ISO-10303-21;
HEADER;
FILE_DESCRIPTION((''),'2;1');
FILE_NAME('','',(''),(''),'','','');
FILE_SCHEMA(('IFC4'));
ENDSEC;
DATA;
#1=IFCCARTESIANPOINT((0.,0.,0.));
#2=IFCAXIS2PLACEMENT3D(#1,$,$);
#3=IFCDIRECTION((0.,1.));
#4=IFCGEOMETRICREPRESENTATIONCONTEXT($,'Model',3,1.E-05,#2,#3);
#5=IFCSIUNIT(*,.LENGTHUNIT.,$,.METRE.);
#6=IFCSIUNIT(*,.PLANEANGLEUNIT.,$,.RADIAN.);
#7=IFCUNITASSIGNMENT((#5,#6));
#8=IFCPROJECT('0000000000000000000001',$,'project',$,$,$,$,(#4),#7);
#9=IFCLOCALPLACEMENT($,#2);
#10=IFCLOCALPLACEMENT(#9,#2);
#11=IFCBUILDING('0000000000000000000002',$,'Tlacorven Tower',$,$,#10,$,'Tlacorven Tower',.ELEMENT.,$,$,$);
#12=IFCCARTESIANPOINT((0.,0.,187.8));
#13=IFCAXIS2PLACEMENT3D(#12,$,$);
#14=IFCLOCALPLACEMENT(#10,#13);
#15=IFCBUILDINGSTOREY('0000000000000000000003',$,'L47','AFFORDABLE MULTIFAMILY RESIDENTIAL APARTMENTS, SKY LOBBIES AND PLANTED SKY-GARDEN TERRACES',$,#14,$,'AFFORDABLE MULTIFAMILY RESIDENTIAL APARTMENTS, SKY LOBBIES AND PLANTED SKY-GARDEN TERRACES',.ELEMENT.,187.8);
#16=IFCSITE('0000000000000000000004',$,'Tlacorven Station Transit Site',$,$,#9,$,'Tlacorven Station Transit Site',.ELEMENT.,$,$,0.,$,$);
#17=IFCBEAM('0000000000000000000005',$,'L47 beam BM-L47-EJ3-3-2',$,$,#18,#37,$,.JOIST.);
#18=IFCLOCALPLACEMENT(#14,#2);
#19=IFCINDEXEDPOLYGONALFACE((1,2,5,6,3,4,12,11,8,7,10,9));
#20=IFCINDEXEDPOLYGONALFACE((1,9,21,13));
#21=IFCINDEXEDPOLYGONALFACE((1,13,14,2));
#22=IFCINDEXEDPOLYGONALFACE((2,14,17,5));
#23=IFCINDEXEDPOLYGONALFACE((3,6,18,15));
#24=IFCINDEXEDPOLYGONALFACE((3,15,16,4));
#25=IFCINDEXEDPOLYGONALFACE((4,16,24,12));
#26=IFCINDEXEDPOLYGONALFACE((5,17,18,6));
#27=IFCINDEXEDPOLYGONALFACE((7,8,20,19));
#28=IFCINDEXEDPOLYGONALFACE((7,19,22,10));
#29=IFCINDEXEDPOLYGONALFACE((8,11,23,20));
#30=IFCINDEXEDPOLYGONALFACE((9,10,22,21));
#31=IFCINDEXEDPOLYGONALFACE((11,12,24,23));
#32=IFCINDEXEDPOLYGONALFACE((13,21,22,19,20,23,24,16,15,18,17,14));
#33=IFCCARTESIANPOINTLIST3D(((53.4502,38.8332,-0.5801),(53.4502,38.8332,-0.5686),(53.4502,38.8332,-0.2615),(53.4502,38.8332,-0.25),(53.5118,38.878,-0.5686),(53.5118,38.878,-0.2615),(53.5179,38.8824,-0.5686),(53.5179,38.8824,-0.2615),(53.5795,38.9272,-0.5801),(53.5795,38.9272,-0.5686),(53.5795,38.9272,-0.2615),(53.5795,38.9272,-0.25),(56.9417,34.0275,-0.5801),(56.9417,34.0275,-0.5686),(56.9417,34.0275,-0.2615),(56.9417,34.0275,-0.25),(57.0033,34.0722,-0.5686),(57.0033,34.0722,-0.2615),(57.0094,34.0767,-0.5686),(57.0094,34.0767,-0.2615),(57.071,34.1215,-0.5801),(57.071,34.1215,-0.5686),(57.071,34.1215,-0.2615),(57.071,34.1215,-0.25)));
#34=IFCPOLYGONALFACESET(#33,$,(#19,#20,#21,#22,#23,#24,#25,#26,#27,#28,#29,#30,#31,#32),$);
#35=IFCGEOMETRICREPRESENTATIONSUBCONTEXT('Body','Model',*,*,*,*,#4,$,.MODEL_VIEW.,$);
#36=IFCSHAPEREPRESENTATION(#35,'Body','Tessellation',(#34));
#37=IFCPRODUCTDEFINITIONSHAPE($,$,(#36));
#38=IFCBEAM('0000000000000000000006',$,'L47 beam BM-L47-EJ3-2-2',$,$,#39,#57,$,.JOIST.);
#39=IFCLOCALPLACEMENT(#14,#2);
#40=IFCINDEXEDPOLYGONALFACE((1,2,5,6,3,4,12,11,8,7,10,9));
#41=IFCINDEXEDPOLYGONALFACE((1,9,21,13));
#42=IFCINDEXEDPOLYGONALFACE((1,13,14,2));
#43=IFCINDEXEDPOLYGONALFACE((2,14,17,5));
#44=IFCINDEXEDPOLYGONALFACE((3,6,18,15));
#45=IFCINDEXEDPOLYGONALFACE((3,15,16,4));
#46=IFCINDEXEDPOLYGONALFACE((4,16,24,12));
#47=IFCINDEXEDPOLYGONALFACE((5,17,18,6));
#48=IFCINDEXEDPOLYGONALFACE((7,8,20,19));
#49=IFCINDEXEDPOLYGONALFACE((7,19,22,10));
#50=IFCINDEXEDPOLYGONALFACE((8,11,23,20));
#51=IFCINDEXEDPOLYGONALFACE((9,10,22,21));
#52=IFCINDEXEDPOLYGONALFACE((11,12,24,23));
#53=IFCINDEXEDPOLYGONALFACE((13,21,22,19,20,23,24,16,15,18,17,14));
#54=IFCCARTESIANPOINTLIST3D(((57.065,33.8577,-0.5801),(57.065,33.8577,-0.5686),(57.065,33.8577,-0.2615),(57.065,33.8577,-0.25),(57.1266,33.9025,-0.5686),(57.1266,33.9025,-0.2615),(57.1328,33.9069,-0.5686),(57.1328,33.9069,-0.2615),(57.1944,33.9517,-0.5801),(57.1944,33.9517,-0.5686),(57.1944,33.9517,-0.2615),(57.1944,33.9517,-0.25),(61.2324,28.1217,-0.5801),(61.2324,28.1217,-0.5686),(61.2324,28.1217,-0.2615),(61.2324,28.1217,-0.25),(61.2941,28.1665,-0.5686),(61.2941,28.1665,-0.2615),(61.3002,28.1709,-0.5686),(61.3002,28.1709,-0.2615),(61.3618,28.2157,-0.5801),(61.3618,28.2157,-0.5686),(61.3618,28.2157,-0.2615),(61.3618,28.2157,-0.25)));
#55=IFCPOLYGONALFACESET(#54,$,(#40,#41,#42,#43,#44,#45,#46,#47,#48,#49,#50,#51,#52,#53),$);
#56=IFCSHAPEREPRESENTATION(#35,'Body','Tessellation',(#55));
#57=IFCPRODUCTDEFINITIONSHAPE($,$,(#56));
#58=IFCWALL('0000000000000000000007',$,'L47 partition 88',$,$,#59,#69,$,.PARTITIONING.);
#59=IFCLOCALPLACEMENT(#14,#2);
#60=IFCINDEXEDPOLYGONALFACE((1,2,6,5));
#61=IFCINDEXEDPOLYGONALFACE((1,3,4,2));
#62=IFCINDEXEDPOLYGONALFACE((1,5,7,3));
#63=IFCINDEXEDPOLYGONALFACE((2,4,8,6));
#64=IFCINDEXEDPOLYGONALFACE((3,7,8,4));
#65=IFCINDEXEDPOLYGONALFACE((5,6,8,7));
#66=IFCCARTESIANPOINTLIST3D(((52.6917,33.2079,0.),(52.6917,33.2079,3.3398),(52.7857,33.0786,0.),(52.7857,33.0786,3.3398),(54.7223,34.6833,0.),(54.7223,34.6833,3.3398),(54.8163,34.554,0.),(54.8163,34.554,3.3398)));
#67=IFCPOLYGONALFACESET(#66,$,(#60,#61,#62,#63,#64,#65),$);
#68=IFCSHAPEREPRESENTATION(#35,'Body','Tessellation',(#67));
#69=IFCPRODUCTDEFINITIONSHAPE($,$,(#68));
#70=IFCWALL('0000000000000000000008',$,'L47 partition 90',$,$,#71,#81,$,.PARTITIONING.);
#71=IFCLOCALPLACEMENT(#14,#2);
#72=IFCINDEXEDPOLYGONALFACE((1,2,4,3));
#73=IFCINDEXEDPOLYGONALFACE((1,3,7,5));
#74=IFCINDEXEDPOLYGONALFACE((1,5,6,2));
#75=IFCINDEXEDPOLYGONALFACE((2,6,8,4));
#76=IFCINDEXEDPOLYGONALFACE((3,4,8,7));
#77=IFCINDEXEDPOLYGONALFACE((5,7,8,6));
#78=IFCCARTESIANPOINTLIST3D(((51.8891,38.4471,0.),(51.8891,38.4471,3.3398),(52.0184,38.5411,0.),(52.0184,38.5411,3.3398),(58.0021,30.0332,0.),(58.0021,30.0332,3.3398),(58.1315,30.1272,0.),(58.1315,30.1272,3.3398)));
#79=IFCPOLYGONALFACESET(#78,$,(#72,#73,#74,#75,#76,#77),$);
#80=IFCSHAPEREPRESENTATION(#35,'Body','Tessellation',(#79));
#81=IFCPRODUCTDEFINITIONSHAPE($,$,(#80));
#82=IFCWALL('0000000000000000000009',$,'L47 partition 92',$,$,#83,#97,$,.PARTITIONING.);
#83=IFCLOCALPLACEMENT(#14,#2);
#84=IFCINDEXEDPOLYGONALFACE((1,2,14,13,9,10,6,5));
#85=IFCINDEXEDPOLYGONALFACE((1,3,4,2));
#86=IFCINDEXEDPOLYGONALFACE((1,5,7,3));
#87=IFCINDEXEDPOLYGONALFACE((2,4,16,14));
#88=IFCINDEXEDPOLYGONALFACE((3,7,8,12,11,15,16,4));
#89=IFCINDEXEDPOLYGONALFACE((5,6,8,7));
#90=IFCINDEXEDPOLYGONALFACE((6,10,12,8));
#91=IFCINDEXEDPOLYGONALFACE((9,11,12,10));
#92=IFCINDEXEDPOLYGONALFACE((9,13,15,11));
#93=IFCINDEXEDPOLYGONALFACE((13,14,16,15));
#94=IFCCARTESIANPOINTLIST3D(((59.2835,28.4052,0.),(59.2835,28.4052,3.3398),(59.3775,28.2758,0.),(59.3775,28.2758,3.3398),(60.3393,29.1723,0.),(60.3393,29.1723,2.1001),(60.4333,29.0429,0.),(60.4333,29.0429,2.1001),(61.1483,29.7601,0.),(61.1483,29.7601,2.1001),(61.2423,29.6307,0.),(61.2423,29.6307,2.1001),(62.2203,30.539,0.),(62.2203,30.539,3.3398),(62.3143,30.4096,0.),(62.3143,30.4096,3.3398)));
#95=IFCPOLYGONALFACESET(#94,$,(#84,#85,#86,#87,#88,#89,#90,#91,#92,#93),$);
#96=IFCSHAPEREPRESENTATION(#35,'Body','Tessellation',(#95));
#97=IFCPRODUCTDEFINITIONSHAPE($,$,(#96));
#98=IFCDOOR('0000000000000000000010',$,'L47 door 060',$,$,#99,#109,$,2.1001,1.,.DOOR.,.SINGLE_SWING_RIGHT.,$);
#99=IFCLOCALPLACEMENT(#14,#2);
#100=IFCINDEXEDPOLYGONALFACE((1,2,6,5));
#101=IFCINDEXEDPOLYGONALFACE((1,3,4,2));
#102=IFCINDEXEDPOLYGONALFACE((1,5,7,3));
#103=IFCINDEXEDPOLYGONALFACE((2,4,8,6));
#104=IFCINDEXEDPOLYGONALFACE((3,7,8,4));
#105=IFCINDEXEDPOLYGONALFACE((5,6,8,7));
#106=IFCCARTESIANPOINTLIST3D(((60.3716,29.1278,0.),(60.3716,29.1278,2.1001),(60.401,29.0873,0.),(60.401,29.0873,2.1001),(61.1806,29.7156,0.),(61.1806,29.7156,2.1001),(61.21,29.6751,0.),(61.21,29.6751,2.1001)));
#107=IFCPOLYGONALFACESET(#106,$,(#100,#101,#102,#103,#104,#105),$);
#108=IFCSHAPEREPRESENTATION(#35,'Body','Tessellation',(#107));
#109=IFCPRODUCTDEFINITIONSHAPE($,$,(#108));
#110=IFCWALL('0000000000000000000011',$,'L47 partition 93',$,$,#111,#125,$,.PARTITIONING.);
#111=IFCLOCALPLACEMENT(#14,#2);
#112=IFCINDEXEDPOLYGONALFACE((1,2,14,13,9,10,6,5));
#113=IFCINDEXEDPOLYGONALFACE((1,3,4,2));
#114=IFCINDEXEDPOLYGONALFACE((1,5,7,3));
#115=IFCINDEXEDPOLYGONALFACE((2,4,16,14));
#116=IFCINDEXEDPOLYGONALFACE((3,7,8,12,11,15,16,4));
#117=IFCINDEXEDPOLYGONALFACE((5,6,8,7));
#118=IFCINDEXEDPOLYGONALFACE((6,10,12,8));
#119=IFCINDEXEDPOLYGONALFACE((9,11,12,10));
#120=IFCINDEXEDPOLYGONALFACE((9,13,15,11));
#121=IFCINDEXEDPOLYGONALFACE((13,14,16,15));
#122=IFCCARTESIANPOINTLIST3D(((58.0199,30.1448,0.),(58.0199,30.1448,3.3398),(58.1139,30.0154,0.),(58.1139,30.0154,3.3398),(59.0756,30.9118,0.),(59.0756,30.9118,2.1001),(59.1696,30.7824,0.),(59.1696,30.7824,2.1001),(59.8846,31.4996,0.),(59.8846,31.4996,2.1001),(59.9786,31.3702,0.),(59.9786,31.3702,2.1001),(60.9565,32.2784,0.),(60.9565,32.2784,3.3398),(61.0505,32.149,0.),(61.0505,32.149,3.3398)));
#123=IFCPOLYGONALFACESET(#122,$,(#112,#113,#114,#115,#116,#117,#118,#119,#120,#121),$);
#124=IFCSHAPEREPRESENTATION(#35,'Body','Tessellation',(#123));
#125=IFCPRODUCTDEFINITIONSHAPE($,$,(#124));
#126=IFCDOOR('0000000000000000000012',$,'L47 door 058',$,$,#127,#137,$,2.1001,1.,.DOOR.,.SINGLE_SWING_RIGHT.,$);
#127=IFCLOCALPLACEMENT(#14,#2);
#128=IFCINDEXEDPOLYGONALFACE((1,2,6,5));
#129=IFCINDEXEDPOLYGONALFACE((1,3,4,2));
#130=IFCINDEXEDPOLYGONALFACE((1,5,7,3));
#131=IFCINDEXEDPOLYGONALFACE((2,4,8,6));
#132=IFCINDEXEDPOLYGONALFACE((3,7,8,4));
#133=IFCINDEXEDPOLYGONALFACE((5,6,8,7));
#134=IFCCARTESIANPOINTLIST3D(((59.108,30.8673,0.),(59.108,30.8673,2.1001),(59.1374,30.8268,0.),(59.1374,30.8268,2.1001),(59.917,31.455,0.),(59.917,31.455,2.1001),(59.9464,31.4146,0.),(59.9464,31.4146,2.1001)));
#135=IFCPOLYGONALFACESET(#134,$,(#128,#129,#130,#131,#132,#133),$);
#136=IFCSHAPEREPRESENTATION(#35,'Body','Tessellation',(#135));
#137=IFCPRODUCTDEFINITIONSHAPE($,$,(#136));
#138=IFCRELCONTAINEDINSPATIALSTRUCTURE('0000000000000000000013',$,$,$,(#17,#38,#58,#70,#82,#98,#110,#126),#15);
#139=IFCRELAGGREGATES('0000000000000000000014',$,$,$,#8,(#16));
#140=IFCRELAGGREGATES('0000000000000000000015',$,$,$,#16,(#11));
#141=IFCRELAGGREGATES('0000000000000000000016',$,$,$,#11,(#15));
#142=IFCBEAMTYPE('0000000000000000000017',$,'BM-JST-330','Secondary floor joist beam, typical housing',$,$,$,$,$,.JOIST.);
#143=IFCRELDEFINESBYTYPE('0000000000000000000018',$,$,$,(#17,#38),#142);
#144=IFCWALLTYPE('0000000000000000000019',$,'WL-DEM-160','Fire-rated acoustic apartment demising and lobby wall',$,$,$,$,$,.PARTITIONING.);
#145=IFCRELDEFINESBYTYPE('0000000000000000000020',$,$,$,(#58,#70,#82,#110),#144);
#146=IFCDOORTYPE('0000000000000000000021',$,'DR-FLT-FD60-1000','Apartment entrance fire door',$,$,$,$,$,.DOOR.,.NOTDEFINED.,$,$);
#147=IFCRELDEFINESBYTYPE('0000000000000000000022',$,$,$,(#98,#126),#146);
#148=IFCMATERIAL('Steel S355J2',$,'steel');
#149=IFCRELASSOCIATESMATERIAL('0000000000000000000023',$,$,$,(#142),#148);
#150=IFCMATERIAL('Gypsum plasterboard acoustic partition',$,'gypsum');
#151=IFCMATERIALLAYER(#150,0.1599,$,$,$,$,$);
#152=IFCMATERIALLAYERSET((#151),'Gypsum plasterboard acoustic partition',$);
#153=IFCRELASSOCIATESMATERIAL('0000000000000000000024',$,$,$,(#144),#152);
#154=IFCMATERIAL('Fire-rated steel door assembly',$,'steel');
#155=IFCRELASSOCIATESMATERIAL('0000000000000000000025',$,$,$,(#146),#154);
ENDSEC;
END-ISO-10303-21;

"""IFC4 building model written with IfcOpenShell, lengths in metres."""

from ifc_helpers import new_model, si_unit, direction, frame, frame_2d, origin, origin_2d, place, context, subcontext, project, spatial, rectangle, i_section, extrude, source, transform, mapped, material, layer, layer_set, material_profile, profile_set, type_object, element, fill, save


model = new_model("IFC4")

# Units and contexts
model_context = context("Model", 3, precision=1e-05, world=origin(), true_north=direction((0.0, 1.0)))
body_context = subcontext(model_context, "Body", "Model", "MODEL_VIEW")
ifc_project = project(units=[si_unit("LENGTHUNIT", "METRE"), si_unit("PLANEANGLEUNIT", "RADIAN")], contexts=[model_context])

# Site, building, storey
site_placement = place(None, origin())
site = spatial("IfcSite", under=ifc_project, at=site_placement, Name="Tlacorven Station Transit Site", LongName="Tlacorven Station Transit Site", CompositionType="ELEMENT", RefElevation=0.0)
building_placement = place(site_placement, origin())
building = spatial("IfcBuilding", under=site, at=building_placement, Name="Tlacorven Tower", LongName="Tlacorven Tower", CompositionType="ELEMENT")
storey_placement = place(building_placement, frame((0.0, 0.0, 187.8)))
storey = spatial("IfcBuildingStorey", under=building, at=storey_placement, Name="L47", Description="AFFORDABLE MULTIFAMILY RESIDENTIAL APARTMENTS, SKY LOBBIES AND PLANTED SKY-GARDEN TERRACES", LongName="AFFORDABLE MULTIFAMILY RESIDENTIAL APARTMENTS, SKY LOBBIES AND PLANTED SKY-GARDEN TERRACES", CompositionType="ELEMENT", Elevation=187.8)

# Beams
ifc_material_1 = material(Name="Steel S355J2", Category="steel")
ifc_material_profile_1 = material_profile(ifc_material_1, i_section(OverallWidth=0.1599, OverallDepth=0.3301, WebThickness=0.0076, FlangeThickness=0.0115, at=origin_2d()), Name="IPE 330")
ifc_profile_set_1 = profile_set([ifc_material_profile_1], Name="Steel S355J2")
beam_type_1 = type_object("IfcBeamType", Name="BM-JST-330", Description="Secondary floor joist beam, typical housing", PredefinedType="JOIST", material=ifc_profile_set_1)
shared_shape_1 = source(origin(), body_context, "Body", "SweptSolid", [
    extrude(i_section(OverallWidth=0.1599, OverallDepth=0.3301, WebThickness=0.0076, FlangeThickness=0.0115, at=origin_2d()), origin(), (0.0, 0.0, 1.0), 5.9402),
])
for number, where, z_axis, x_axis, name in (
    (1, (57.0063, 34.0745, -0.415), (-0.587778, 0.809022, 0.0), (-0.809022, -0.587778, 0.0), "L47 beam BM-L47-EJ3-3-2"),
):
    element("IfcBeam", number, at=place(storey_placement, frame(where, z_axis=z_axis, x_axis=x_axis)), inside=storey, type_object=beam_type_1, Name=name, PredefinedType="JOIST", context=body_context, shape_type="MappedRepresentation", body=[
        mapped(shared_shape_1, transform((0.0, 0.0, 0.0), scale=1.0)),
    ])
shared_shape_2 = source(origin(), body_context, "Body", "SweptSolid", [
    extrude(i_section(OverallWidth=0.1599, OverallDepth=0.3301, WebThickness=0.0076, FlangeThickness=0.0115, at=origin_2d()), origin(), (0.0, 0.0, 1.0), 7.0901),
])
beam_1_placement = place(storey_placement, frame((61.2971, 28.1687, -0.415), z_axis=(-0.587783, 0.809019, 0.0), x_axis=(-0.809019, -0.587783, 0.0)))
element("IfcBeam", 2, at=beam_1_placement, inside=storey, type_object=beam_type_1, Name="L47 beam BM-L47-EJ3-2-2", PredefinedType="JOIST", context=body_context, shape_type="MappedRepresentation", body=[
    mapped(shared_shape_2, transform((0.0, 0.0, 0.0), scale=1.0)),
])

# Walls
ifc_material_2 = material(Name="Gypsum plasterboard acoustic partition", Category="gypsum")
ifc_layer_1 = layer(ifc_material_2, 0.1599)
ifc_layer_set_1 = layer_set([ifc_layer_1], Name="Gypsum plasterboard acoustic partition")
wall_type_1 = type_object("IfcWallType", Name="WL-DEM-160", Description="Fire-rated acoustic apartment demising and lobby wall", PredefinedType="PARTITIONING", material=ifc_layer_set_1)
wall_1_placement = place(storey_placement, frame((52.7388, 33.1433, 0.0), z_axis=(0.0, 0.0, 1.0), x_axis=(0.809001, 0.587807, 0.0)))
element("IfcWall", 3, at=wall_1_placement, inside=storey, type_object=wall_type_1, Name="L47 partition 88", PredefinedType="PARTITIONING", context=body_context, shape_type="SweptSolid", body=[
    extrude(rectangle(XDim=2.51, YDim=0.1599, at=frame_2d((1.2549, 0.0))), origin(), (0.0, 0.0, 1.0), 3.3398),
])
wall_2_placement = place(storey_placement, frame((58.0669, 30.0801, 0.0), z_axis=(0.0, 0.0, 1.0), x_axis=(-0.587788, 0.809015, 0.0)))
element("IfcWall", 4, at=wall_2_placement, inside=storey, type_object=wall_type_1, Name="L47 partition 90", PredefinedType="PARTITIONING", context=body_context, shape_type="SweptSolid", body=[
    extrude(rectangle(XDim=10.4001, YDim=0.1599, at=frame_2d((5.2002, 0.0))), origin(), (0.0, 0.0, 1.0), 3.3398),
])

# Walls, openings, doors
wall_3_placement = place(storey_placement, frame((59.3306, 28.3406, 0.0), z_axis=(0.0, 0.0, 1.0), x_axis=(0.809004, 0.587804, 0.0)))
wall_3 = element("IfcWall", 5, at=wall_3_placement, inside=storey, type_object=wall_type_1, Name="L47 partition 92", PredefinedType="PARTITIONING", context=body_context, shape_type="SweptSolid", body=[
    extrude(rectangle(XDim=3.6301, YDim=0.1599, at=frame_2d((1.8149, 0.0))), origin(), (0.0, 0.0, 1.0), 3.3398),
])
opening_1_placement = place(wall_3_placement, frame((1.3049, 0.0, 0.0)))
opening_1 = element("IfcOpeningElement", 6, at=opening_1_placement, cuts=wall_3, PredefinedType="OPENING", context=body_context, shape_type="SweptSolid", body=[
    extrude(rectangle(XDim=1.0, YDim=2.1001, at=frame_2d((0.5, 1.05))), frame((0.0, 0.0898, 0.0), z_axis=(0.0, -1.0, 0.0), x_axis=(1.0, 0.0, 0.0)), (0.0, 0.0, 1.0), 0.1799),
])
ifc_material_3 = material(Name="Fire-rated steel door assembly", Category="steel")
door_type_1 = type_object("IfcDoorType", Name="DR-FLT-FD60-1000", Description="Apartment entrance fire door", OperationType="NOTDEFINED", PredefinedType="DOOR", material=ifc_material_3)
shared_shape_3 = source(origin(), body_context, "Body", "SweptSolid", [
    extrude(rectangle(XDim=1.0, YDim=2.1001, at=frame_2d((0.5, 1.05))), frame((0.0, 0.0249, 0.0), z_axis=(0.0, -1.0, 0.0), x_axis=(1.0, 0.0, 0.0)), (0.0, 0.0, 1.0), 0.05),
])
door_1_placement = place(opening_1_placement, origin())
door_1 = element("IfcDoor", 7, at=door_1_placement, inside=storey, type_object=door_type_1, Name="L47 door 060", OperationType="SINGLE_SWING_RIGHT", OverallHeight=2.1001, OverallWidth=1.0, PredefinedType="DOOR", context=body_context, shape_type="MappedRepresentation", body=[
    mapped(shared_shape_3, transform((0.0, 0.0, 0.0), scale=1.0)),
])
fill(opening_1, door_1)
wall_4_placement = place(storey_placement, frame((58.0669, 30.0801, 0.0), z_axis=(0.0, 0.0, 1.0), x_axis=(0.809012, 0.587792, 0.0)))
wall_4 = element("IfcWall", 8, at=wall_4_placement, inside=storey, type_object=wall_type_1, Name="L47 partition 93", PredefinedType="PARTITIONING", context=body_context, shape_type="SweptSolid", body=[
    extrude(rectangle(XDim=3.6299, YDim=0.1599, at=frame_2d((1.8149, 0.0))), origin(), (0.0, 0.0, 1.0), 3.3398),
])
opening_2_placement = place(wall_4_placement, frame((1.3049, 0.0, 0.0)))
opening_2 = element("IfcOpeningElement", 9, at=opening_2_placement, cuts=wall_4, PredefinedType="OPENING", context=body_context, shape_type="SweptSolid", body=[
    extrude(rectangle(XDim=1.0, YDim=2.1001, at=frame_2d((0.5, 1.05))), frame((0.0, 0.0898, 0.0), z_axis=(0.0, -1.0, 0.0), x_axis=(1.0, 0.0, 0.0)), (0.0, 0.0, 1.0), 0.1799),
])
door_2_placement = place(opening_2_placement, origin())
door_2 = element("IfcDoor", 10, at=door_2_placement, inside=storey, type_object=door_type_1, Name="L47 door 058", OperationType="SINGLE_SWING_RIGHT", OverallHeight=2.1001, OverallWidth=1.0, PredefinedType="DOOR", context=body_context, shape_type="MappedRepresentation", body=[
    mapped(shared_shape_3, transform((0.0, 0.0, 0.0), scale=1.0)),
])
fill(opening_2, door_2)

save(model, "model.ifc")
